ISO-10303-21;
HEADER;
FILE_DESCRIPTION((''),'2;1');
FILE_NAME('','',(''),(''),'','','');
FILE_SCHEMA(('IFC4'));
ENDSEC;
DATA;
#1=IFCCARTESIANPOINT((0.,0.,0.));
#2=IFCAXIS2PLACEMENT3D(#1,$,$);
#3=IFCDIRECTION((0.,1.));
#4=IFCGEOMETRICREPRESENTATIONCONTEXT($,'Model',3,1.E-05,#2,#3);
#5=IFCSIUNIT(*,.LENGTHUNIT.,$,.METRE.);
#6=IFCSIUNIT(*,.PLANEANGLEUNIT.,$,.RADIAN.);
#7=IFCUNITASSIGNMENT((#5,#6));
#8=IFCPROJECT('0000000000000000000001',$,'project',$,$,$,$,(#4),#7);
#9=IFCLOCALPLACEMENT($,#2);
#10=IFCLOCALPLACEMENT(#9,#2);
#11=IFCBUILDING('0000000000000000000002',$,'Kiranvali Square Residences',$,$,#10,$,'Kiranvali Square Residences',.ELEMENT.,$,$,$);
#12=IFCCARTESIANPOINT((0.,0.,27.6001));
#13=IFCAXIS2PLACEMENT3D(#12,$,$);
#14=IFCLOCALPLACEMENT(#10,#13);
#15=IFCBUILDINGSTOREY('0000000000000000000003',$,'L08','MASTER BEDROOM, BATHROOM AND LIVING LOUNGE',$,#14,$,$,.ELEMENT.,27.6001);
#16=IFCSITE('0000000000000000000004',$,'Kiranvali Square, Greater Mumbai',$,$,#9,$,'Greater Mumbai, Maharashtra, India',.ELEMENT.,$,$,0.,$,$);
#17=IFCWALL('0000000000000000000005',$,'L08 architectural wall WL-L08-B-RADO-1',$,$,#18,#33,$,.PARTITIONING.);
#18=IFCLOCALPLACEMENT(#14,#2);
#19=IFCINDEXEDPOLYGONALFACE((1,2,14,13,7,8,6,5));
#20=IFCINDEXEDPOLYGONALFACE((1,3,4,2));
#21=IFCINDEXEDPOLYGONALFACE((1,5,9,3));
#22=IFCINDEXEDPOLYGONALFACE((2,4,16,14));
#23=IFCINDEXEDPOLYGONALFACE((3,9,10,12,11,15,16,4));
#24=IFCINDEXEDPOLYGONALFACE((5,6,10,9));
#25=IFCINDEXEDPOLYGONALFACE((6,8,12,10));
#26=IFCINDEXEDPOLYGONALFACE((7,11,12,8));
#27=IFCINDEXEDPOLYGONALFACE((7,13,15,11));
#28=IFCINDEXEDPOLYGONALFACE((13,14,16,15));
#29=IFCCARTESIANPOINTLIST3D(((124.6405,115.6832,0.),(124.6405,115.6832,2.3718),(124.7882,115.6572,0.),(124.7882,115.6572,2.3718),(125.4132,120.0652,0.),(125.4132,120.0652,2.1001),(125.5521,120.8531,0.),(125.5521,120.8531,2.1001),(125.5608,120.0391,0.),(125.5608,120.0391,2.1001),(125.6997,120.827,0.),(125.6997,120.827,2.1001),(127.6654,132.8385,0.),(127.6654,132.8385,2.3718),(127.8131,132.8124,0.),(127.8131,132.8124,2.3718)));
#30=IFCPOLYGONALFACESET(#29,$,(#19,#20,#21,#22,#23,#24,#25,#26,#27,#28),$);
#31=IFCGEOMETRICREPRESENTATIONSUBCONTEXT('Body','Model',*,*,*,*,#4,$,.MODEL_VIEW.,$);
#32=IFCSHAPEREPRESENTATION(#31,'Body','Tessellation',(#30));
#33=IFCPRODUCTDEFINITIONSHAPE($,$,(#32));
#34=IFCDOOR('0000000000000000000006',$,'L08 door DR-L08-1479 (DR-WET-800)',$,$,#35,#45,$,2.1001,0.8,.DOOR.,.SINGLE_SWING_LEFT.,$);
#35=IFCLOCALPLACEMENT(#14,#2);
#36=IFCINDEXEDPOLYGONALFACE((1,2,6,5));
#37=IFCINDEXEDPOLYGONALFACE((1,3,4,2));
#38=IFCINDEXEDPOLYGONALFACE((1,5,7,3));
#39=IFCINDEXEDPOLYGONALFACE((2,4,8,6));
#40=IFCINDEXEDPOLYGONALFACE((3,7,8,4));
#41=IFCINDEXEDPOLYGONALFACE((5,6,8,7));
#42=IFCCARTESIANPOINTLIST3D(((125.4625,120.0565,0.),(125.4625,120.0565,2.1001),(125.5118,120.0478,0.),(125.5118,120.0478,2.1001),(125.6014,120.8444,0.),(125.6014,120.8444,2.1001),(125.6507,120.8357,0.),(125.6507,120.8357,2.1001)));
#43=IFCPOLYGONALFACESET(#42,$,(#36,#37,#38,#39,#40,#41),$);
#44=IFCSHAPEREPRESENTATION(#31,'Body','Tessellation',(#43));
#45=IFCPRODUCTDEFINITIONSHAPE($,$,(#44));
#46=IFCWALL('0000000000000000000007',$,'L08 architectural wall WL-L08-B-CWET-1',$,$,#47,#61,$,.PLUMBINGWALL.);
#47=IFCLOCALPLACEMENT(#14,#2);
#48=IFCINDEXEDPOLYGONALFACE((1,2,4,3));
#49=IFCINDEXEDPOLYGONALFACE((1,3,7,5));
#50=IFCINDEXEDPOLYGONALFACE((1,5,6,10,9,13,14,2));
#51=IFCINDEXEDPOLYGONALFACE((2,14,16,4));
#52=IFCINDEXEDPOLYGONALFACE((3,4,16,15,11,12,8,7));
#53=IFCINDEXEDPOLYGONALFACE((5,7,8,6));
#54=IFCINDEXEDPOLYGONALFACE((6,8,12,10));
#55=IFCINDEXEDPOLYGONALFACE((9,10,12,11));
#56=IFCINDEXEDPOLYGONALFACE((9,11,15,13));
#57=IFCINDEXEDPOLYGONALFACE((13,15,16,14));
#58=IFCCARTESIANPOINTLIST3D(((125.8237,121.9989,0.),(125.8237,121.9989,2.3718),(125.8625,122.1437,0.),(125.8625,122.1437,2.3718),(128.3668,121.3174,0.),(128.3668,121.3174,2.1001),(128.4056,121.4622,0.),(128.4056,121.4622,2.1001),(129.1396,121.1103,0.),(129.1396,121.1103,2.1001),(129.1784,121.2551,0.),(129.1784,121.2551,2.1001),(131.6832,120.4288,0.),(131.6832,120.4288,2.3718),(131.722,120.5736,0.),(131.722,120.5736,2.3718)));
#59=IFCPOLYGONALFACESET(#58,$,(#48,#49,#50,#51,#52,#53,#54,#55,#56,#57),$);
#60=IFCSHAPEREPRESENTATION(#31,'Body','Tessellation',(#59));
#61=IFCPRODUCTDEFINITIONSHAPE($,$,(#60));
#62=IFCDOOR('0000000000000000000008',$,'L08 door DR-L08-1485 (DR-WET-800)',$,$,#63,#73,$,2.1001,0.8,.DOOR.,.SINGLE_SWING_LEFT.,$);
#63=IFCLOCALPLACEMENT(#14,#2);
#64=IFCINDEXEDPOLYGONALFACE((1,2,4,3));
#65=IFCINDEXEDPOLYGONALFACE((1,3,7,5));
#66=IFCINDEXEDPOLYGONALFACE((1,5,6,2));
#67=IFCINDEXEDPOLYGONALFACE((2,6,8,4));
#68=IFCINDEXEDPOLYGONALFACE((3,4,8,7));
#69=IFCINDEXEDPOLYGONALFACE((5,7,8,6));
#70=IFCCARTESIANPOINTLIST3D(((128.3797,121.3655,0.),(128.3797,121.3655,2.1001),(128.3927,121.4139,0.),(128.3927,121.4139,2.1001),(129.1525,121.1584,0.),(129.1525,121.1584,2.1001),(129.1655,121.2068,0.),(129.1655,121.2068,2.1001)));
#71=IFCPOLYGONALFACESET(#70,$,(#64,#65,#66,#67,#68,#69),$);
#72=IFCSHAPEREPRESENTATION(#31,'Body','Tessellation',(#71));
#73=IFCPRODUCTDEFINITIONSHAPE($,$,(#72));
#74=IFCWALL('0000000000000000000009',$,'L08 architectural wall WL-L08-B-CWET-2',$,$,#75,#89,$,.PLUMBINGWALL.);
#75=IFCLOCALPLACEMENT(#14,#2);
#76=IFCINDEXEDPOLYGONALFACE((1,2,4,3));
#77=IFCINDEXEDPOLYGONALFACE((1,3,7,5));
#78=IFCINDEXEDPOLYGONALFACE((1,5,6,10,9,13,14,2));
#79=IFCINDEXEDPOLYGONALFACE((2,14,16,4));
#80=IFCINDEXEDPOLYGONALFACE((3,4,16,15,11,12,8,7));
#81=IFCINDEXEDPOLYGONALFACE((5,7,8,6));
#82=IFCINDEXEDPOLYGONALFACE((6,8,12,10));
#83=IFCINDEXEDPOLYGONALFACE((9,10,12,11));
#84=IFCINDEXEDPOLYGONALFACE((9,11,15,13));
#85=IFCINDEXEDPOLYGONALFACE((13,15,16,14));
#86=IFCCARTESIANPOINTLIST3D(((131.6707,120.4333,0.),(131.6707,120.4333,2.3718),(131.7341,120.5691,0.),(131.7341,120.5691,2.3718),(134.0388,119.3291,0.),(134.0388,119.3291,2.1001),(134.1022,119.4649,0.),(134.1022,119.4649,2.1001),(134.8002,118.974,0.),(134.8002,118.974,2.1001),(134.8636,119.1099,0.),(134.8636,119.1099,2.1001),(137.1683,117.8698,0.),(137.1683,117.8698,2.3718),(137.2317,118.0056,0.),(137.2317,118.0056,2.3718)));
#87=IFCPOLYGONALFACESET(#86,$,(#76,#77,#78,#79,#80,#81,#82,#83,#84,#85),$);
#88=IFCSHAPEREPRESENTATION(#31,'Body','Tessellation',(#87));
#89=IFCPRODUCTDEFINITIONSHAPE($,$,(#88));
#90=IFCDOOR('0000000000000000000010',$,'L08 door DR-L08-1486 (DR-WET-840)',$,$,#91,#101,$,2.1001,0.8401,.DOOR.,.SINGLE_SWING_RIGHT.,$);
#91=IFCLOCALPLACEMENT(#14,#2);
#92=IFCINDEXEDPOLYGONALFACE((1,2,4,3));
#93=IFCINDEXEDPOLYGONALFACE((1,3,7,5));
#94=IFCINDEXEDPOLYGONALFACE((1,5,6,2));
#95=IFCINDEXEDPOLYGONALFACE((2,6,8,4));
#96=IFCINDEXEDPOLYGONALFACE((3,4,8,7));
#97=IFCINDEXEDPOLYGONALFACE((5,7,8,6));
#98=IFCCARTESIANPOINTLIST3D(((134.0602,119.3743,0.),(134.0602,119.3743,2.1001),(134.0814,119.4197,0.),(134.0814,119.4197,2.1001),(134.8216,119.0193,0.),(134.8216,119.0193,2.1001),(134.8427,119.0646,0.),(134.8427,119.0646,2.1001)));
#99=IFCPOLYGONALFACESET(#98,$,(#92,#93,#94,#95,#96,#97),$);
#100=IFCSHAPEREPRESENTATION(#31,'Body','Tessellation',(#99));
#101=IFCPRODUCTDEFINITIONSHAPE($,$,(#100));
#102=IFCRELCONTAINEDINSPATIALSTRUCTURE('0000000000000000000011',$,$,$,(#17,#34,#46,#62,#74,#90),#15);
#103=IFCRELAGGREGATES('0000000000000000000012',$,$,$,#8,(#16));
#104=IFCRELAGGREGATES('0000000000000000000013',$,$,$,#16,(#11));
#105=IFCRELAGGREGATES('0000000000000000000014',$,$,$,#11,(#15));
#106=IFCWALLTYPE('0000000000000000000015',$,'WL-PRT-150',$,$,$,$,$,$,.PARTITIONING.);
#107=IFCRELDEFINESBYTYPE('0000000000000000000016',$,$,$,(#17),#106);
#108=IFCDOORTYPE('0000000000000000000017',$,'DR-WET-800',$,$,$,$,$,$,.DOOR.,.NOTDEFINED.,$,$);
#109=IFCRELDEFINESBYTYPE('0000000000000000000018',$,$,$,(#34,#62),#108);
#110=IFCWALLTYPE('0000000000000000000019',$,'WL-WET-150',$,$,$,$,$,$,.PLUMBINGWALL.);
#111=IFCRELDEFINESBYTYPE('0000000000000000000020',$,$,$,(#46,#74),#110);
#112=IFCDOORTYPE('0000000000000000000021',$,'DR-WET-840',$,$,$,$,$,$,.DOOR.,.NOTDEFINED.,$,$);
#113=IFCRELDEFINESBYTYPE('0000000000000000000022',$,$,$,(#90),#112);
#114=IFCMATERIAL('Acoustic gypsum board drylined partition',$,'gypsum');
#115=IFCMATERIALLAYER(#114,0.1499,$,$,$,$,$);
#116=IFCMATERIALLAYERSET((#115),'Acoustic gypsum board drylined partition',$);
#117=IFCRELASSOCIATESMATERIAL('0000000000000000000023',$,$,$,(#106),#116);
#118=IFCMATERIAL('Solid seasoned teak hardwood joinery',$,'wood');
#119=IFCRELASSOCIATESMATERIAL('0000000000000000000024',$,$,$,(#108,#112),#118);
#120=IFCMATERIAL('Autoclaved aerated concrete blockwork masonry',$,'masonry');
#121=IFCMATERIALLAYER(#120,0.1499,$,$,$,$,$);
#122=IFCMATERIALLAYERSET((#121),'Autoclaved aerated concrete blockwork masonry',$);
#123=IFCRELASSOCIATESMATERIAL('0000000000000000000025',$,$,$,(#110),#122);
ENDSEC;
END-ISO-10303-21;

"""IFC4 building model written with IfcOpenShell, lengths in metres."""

from ifc_helpers import new_model, si_unit, direction, frame, frame_2d, origin, place, context, subcontext, project, spatial, rectangle, extrude, material, layer, layer_set, type_object, element, fill, save


model = new_model("IFC4")

# Units and contexts
model_context = context("Model", 3, precision=1e-05, world=origin(), true_north=direction((0.0, 1.0)))
body_context = subcontext(model_context, "Body", "Model", "MODEL_VIEW")
ifc_project = project(units=[si_unit("LENGTHUNIT", "METRE"), si_unit("PLANEANGLEUNIT", "RADIAN")], contexts=[model_context])

# Site, building, storey
site_placement = place(None, origin())
site = spatial("IfcSite", under=ifc_project, at=site_placement, Name="Kiranvali Square, Greater Mumbai", LongName="Greater Mumbai, Maharashtra, India", CompositionType="ELEMENT", RefElevation=0.0)
building_placement = place(site_placement, origin())
building = spatial("IfcBuilding", under=site, at=building_placement, Name="Kiranvali Square Residences", LongName="Kiranvali Square Residences", CompositionType="ELEMENT")
storey_placement = place(building_placement, frame((0.0, 0.0, 27.6001)))
storey = spatial("IfcBuildingStorey", under=building, at=storey_placement, Name="L08", Description="MASTER BEDROOM, BATHROOM AND LIVING LOUNGE", CompositionType="ELEMENT", Elevation=27.6001)

# Walls, openings, doors
ifc_material_1 = material(Name="Acoustic gypsum board drylined partition", Category="gypsum")
ifc_layer_1 = layer(ifc_material_1, 0.1499)
ifc_layer_set_1 = layer_set([ifc_layer_1], Name="Acoustic gypsum board drylined partition")
wall_type_1 = type_object("IfcWallType", Name="WL-PRT-150", PredefinedType="PARTITIONING", material=ifc_layer_set_1)
wall_1_placement = place(storey_placement, frame((124.7144, 115.6702, 0.0), z_axis=(0.0, 0.0, 1.0), x_axis=(0.173646, 0.984808, 0.0)))
wall_1 = element("IfcWall", 1, at=wall_1_placement, inside=storey, type_object=wall_type_1, Name="L08 architectural wall WL-L08-B-RADO-1", PredefinedType="PARTITIONING", context=body_context, shape_type="SweptSolid", body=[
    extrude(rectangle(XDim=17.4199, YDim=0.1499, at=frame_2d((8.71, 0.0))), origin(), (0.0, 0.0, 1.0), 2.3718),
])
opening_1_placement = place(wall_1_placement, frame((4.4497, 0.0, 0.0)))
opening_1 = element("IfcOpeningElement", 2, at=opening_1_placement, cuts=wall_1, PredefinedType="OPENING", context=body_context, shape_type="SweptSolid", body=[
    extrude(rectangle(XDim=0.8, YDim=2.1001, at=frame_2d((0.3999, 1.05))), frame((0.0, 0.085, 0.0), z_axis=(0.0, -1.0, 0.0), x_axis=(1.0, 0.0, 0.0)), (0.0, 0.0, 1.0), 0.1699),
])
ifc_material_2 = material(Name="Solid seasoned teak hardwood joinery", Category="wood")
door_type_1 = type_object("IfcDoorType", Name="DR-WET-800", OperationType="NOTDEFINED", PredefinedType="DOOR", material=ifc_material_2)
door_1_placement = place(opening_1_placement, origin())
door_1 = element("IfcDoor", 3, at=door_1_placement, inside=storey, type_object=door_type_1, Name="L08 door DR-L08-1479 (DR-WET-800)", OperationType="SINGLE_SWING_LEFT", OverallHeight=2.1001, OverallWidth=0.8, PredefinedType="DOOR", context=body_context, shape_type="SweptSolid", body=[
    extrude(rectangle(XDim=0.8, YDim=2.1001, at=frame_2d((0.3999, 1.05))), frame((0.0, 0.0249, 0.0), z_axis=(0.0, -1.0, 0.0), x_axis=(1.0, 0.0, 0.0)), (0.0, 0.0, 1.0), 0.05),
])
fill(opening_1, door_1)
ifc_material_3 = material(Name="Autoclaved aerated concrete blockwork masonry", Category="masonry")
ifc_layer_2 = layer(ifc_material_3, 0.1499)
ifc_layer_set_2 = layer_set([ifc_layer_2], Name="Autoclaved aerated concrete blockwork masonry")
wall_type_2 = type_object("IfcWallType", Name="WL-WET-150", PredefinedType="PLUMBINGWALL", material=ifc_layer_set_2)
wall_2_placement = place(storey_placement, frame((125.843, 122.0713, 0.0), z_axis=(0.0, 0.0, 1.0), x_axis=(0.965924, -0.258827, 0.0)))
wall_2 = element("IfcWall", 4, at=wall_2_placement, inside=storey, type_object=wall_type_2, Name="L08 architectural wall WL-L08-B-CWET-1", PredefinedType="PLUMBINGWALL", context=body_context, shape_type="SweptSolid", body=[
    extrude(rectangle(XDim=6.0662, YDim=0.1499, at=frame_2d((3.0332, 0.0))), origin(), (0.0, 0.0, 1.0), 2.3718),
])
opening_2_placement = place(wall_2_placement, frame((2.6331, 0.0, 0.0)))
opening_2 = element("IfcOpeningElement", 5, at=opening_2_placement, cuts=wall_2, PredefinedType="OPENING", context=body_context, shape_type="SweptSolid", body=[
    extrude(rectangle(XDim=0.8, YDim=2.1001, at=frame_2d((0.3999, 1.05))), frame((0.0, 0.085, 0.0), z_axis=(0.0, -1.0, 0.0), x_axis=(1.0, 0.0, 0.0)), (0.0, 0.0, 1.0), 0.1699),
])
door_2_placement = place(opening_2_placement, origin())
door_2 = element("IfcDoor", 6, at=door_2_placement, inside=storey, type_object=door_type_1, Name="L08 door DR-L08-1485 (DR-WET-800)", OperationType="SINGLE_SWING_LEFT", OverallHeight=2.1001, OverallWidth=0.8, PredefinedType="DOOR", context=body_context, shape_type="SweptSolid", body=[
    extrude(rectangle(XDim=0.8, YDim=2.1001, at=frame_2d((0.3999, 1.05))), frame((0.0, 0.0249, 0.0), z_axis=(0.0, -1.0, 0.0), x_axis=(1.0, 0.0, 0.0)), (0.0, 0.0, 1.0), 0.05),
])
fill(opening_2, door_2)
wall_3_placement = place(storey_placement, frame((131.7024, 120.5012, 0.0), z_axis=(0.0, 0.0, 1.0), x_axis=(0.906313, -0.422608, 0.0)))
wall_3 = element("IfcWall", 7, at=wall_3_placement, inside=storey, type_object=wall_type_2, Name="L08 architectural wall WL-L08-B-CWET-2", PredefinedType="PLUMBINGWALL", context=body_context, shape_type="SweptSolid", body=[
    extrude(rectangle(XDim=6.0659, YDim=0.1499, at=frame_2d((3.033, 0.0))), origin(), (0.0, 0.0, 1.0), 2.3718),
])
opening_3_placement = place(wall_3_placement, frame((2.613, 0.0, 0.0)))
opening_3 = element("IfcOpeningElement", 8, at=opening_3_placement, cuts=wall_3, PredefinedType="OPENING", context=body_context, shape_type="SweptSolid", body=[
    extrude(rectangle(XDim=0.8401, YDim=2.1001, at=frame_2d((0.4199, 1.05))), frame((0.0, 0.085, 0.0), z_axis=(0.0, -1.0, 0.0), x_axis=(1.0, 0.0, 0.0)), (0.0, 0.0, 1.0), 0.1699),
])
door_type_2 = type_object("IfcDoorType", Name="DR-WET-840", OperationType="NOTDEFINED", PredefinedType="DOOR", material=ifc_material_2)
door_3_placement = place(opening_3_placement, frame((0.8401, 0.0, 0.0), z_axis=(0.0, 0.0, 1.0), x_axis=(-1.0, 0.0, 0.0)))
door_3 = element("IfcDoor", 9, at=door_3_placement, inside=storey, type_object=door_type_2, Name="L08 door DR-L08-1486 (DR-WET-840)", OperationType="SINGLE_SWING_RIGHT", OverallHeight=2.1001, OverallWidth=0.8401, PredefinedType="DOOR", context=body_context, shape_type="SweptSolid", body=[
    extrude(rectangle(XDim=0.8401, YDim=2.1001, at=frame_2d((0.4199, 1.05))), frame((0.0, 0.0249, 0.0), z_axis=(0.0, -1.0, 0.0), x_axis=(1.0, 0.0, 0.0)), (0.0, 0.0, 1.0), 0.05),
])
fill(opening_3, door_3)

save(model, "model.ifc")
